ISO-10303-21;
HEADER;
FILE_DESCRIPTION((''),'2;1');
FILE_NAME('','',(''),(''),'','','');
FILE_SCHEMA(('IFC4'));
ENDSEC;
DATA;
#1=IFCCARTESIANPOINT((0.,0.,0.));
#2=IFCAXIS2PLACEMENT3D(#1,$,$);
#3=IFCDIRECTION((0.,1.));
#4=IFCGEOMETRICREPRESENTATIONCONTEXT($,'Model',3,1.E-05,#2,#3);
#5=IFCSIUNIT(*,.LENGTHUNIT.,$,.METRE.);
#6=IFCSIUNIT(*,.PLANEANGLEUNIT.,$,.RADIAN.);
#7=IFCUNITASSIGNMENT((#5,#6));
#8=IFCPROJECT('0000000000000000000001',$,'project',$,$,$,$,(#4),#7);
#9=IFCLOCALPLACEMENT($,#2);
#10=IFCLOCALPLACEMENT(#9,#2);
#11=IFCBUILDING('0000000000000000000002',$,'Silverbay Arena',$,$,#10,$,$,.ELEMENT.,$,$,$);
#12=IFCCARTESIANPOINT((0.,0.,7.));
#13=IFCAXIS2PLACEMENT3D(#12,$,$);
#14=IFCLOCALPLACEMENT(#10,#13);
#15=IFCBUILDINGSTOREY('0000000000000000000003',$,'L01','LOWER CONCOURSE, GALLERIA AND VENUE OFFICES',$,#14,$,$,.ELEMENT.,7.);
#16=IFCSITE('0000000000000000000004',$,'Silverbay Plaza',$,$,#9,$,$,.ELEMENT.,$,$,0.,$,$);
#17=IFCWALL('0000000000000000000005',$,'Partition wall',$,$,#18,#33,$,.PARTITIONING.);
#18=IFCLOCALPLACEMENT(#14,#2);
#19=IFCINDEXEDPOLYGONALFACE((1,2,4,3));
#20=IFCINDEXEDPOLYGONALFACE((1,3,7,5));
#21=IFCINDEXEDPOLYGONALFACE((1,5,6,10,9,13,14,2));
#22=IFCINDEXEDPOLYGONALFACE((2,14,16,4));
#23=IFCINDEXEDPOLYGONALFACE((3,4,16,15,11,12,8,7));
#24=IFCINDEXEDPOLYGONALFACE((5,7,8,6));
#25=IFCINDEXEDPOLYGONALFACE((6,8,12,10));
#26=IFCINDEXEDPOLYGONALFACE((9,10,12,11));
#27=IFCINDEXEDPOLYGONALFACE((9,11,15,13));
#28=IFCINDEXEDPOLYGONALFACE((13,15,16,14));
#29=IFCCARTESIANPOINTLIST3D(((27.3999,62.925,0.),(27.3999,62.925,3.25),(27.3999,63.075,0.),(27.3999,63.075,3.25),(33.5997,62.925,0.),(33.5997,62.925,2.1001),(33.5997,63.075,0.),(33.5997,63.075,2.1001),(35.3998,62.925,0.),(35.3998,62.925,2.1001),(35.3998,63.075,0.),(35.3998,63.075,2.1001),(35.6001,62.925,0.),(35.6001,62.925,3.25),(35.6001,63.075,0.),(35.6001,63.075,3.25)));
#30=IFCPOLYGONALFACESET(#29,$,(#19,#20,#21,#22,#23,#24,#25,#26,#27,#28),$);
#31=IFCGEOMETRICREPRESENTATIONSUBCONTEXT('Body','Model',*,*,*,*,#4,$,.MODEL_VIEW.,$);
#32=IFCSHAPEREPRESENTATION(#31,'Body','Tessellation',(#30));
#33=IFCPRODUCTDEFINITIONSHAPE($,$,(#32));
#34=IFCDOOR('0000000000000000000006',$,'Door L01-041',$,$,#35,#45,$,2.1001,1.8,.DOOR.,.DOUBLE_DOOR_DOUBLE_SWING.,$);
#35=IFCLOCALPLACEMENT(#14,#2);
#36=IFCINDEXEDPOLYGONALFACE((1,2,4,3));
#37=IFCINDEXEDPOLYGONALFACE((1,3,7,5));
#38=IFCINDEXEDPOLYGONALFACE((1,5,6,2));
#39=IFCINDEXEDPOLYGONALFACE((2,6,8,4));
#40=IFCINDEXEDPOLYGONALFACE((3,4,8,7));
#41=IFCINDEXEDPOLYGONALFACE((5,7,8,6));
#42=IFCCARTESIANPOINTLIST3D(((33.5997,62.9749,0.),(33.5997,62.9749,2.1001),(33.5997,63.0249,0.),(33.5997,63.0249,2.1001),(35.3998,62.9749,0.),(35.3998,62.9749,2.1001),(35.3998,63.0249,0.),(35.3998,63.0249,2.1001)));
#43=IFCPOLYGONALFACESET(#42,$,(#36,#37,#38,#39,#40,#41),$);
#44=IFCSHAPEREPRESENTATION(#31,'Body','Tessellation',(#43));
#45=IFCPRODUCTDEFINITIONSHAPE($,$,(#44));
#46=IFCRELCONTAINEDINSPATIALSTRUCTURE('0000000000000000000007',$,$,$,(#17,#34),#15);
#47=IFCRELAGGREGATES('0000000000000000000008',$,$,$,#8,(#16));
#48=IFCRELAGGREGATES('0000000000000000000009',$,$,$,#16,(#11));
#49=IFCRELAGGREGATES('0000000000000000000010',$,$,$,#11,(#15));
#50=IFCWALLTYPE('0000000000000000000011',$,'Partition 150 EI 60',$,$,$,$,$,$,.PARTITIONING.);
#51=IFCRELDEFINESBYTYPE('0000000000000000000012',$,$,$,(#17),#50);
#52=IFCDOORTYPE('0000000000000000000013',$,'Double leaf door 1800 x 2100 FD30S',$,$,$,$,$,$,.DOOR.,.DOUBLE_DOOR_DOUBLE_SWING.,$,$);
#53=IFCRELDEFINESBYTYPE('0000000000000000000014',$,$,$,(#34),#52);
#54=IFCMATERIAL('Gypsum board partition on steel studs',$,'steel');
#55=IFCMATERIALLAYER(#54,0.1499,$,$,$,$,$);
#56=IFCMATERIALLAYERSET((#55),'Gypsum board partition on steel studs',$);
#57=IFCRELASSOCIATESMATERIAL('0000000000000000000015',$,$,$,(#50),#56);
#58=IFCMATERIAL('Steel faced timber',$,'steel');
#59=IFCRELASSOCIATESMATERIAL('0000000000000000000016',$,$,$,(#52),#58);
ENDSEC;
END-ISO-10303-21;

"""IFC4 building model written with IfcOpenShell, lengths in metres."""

from ifc_helpers import new_model, si_unit, direction, frame, frame_2d, origin, place, context, subcontext, project, spatial, rectangle, extrude, material, layer, layer_set, type_object, element, fill, save


model = new_model("IFC4")

# Units and contexts
model_context = context("Model", 3, precision=1e-05, world=origin(), true_north=direction((0.0, 1.0)))
body_context = subcontext(model_context, "Body", "Model", "MODEL_VIEW")
ifc_project = project(units=[si_unit("LENGTHUNIT", "METRE"), si_unit("PLANEANGLEUNIT", "RADIAN")], contexts=[model_context])

# Site, building, storey
site_placement = place(None, origin())
site = spatial("IfcSite", under=ifc_project, at=site_placement, Name="Silverbay Plaza", CompositionType="ELEMENT", RefElevation=0.0)
building_placement = place(site_placement, origin())
building = spatial("IfcBuilding", under=site, at=building_placement, Name="Silverbay Arena", CompositionType="ELEMENT")
storey_placement = place(building_placement, frame((0.0, 0.0, 7.0)))
storey = spatial("IfcBuildingStorey", under=building, at=storey_placement, Name="L01", Description="LOWER CONCOURSE, GALLERIA AND VENUE OFFICES", CompositionType="ELEMENT", Elevation=7.0)

# Wall, opening, door
ifc_material_1 = material(Name="Gypsum board partition on steel studs", Category="steel")
ifc_layer_1 = layer(ifc_material_1, 0.1499)
ifc_layer_set_1 = layer_set([ifc_layer_1], Name="Gypsum board partition on steel studs")
wall_type = type_object("IfcWallType", Name="Partition 150 EI 60", PredefinedType="PARTITIONING", material=ifc_layer_set_1)
ifc_material_2 = material(Name="Steel faced timber", Category="steel")
door_type = type_object("IfcDoorType", Name="Double leaf door 1800 x 2100 FD30S", OperationType="DOUBLE_DOOR_DOUBLE_SWING", PredefinedType="DOOR", material=ifc_material_2)
wall_1_placement = place(storey_placement, frame((27.3999, 63.0, 0.0), z_axis=(0.0, 0.0, 1.0), x_axis=(1.0, 0.0, 0.0)))
wall_1 = element("IfcWall", 1, at=wall_1_placement, inside=storey, type_object=wall_type, Name="Partition wall", PredefinedType="PARTITIONING", context=body_context, shape_type="SweptSolid", body=[
    extrude(rectangle(XDim=8.2002, YDim=0.1499, at=frame_2d((4.1001, 0.0))), origin(), (0.0, 0.0, 1.0), 3.25),
])
opening_1_placement = place(wall_1_placement, frame((6.2, 0.0, 0.0)))
opening_1 = element("IfcOpeningElement", 2, at=opening_1_placement, cuts=wall_1, PredefinedType="OPENING", context=body_context, shape_type="SweptSolid", body=[
    extrude(rectangle(XDim=1.8, YDim=2.1001, at=frame_2d((0.8999, 1.05))), frame((0.0, 0.085, 0.0), z_axis=(0.0, -1.0, 0.0), x_axis=(1.0, 0.0, 0.0)), (0.0, 0.0, 1.0), 0.1699),
])
door_1_placement = place(opening_1_placement, origin())
door_1 = element("IfcDoor", 3, at=door_1_placement, inside=storey, type_object=door_type, Name="Door L01-041", OperationType="DOUBLE_DOOR_DOUBLE_SWING", OverallHeight=2.1001, OverallWidth=1.8, PredefinedType="DOOR", context=body_context, shape_type="SweptSolid", body=[
    extrude(rectangle(XDim=1.8, YDim=2.1001, at=frame_2d((0.8999, 1.05))), frame((0.0, 0.0249, 0.0), z_axis=(0.0, -1.0, 0.0), x_axis=(1.0, 0.0, 0.0)), (0.0, 0.0, 1.0), 0.05),
])
fill(opening_1, door_1)

save(model, "model.ifc")
